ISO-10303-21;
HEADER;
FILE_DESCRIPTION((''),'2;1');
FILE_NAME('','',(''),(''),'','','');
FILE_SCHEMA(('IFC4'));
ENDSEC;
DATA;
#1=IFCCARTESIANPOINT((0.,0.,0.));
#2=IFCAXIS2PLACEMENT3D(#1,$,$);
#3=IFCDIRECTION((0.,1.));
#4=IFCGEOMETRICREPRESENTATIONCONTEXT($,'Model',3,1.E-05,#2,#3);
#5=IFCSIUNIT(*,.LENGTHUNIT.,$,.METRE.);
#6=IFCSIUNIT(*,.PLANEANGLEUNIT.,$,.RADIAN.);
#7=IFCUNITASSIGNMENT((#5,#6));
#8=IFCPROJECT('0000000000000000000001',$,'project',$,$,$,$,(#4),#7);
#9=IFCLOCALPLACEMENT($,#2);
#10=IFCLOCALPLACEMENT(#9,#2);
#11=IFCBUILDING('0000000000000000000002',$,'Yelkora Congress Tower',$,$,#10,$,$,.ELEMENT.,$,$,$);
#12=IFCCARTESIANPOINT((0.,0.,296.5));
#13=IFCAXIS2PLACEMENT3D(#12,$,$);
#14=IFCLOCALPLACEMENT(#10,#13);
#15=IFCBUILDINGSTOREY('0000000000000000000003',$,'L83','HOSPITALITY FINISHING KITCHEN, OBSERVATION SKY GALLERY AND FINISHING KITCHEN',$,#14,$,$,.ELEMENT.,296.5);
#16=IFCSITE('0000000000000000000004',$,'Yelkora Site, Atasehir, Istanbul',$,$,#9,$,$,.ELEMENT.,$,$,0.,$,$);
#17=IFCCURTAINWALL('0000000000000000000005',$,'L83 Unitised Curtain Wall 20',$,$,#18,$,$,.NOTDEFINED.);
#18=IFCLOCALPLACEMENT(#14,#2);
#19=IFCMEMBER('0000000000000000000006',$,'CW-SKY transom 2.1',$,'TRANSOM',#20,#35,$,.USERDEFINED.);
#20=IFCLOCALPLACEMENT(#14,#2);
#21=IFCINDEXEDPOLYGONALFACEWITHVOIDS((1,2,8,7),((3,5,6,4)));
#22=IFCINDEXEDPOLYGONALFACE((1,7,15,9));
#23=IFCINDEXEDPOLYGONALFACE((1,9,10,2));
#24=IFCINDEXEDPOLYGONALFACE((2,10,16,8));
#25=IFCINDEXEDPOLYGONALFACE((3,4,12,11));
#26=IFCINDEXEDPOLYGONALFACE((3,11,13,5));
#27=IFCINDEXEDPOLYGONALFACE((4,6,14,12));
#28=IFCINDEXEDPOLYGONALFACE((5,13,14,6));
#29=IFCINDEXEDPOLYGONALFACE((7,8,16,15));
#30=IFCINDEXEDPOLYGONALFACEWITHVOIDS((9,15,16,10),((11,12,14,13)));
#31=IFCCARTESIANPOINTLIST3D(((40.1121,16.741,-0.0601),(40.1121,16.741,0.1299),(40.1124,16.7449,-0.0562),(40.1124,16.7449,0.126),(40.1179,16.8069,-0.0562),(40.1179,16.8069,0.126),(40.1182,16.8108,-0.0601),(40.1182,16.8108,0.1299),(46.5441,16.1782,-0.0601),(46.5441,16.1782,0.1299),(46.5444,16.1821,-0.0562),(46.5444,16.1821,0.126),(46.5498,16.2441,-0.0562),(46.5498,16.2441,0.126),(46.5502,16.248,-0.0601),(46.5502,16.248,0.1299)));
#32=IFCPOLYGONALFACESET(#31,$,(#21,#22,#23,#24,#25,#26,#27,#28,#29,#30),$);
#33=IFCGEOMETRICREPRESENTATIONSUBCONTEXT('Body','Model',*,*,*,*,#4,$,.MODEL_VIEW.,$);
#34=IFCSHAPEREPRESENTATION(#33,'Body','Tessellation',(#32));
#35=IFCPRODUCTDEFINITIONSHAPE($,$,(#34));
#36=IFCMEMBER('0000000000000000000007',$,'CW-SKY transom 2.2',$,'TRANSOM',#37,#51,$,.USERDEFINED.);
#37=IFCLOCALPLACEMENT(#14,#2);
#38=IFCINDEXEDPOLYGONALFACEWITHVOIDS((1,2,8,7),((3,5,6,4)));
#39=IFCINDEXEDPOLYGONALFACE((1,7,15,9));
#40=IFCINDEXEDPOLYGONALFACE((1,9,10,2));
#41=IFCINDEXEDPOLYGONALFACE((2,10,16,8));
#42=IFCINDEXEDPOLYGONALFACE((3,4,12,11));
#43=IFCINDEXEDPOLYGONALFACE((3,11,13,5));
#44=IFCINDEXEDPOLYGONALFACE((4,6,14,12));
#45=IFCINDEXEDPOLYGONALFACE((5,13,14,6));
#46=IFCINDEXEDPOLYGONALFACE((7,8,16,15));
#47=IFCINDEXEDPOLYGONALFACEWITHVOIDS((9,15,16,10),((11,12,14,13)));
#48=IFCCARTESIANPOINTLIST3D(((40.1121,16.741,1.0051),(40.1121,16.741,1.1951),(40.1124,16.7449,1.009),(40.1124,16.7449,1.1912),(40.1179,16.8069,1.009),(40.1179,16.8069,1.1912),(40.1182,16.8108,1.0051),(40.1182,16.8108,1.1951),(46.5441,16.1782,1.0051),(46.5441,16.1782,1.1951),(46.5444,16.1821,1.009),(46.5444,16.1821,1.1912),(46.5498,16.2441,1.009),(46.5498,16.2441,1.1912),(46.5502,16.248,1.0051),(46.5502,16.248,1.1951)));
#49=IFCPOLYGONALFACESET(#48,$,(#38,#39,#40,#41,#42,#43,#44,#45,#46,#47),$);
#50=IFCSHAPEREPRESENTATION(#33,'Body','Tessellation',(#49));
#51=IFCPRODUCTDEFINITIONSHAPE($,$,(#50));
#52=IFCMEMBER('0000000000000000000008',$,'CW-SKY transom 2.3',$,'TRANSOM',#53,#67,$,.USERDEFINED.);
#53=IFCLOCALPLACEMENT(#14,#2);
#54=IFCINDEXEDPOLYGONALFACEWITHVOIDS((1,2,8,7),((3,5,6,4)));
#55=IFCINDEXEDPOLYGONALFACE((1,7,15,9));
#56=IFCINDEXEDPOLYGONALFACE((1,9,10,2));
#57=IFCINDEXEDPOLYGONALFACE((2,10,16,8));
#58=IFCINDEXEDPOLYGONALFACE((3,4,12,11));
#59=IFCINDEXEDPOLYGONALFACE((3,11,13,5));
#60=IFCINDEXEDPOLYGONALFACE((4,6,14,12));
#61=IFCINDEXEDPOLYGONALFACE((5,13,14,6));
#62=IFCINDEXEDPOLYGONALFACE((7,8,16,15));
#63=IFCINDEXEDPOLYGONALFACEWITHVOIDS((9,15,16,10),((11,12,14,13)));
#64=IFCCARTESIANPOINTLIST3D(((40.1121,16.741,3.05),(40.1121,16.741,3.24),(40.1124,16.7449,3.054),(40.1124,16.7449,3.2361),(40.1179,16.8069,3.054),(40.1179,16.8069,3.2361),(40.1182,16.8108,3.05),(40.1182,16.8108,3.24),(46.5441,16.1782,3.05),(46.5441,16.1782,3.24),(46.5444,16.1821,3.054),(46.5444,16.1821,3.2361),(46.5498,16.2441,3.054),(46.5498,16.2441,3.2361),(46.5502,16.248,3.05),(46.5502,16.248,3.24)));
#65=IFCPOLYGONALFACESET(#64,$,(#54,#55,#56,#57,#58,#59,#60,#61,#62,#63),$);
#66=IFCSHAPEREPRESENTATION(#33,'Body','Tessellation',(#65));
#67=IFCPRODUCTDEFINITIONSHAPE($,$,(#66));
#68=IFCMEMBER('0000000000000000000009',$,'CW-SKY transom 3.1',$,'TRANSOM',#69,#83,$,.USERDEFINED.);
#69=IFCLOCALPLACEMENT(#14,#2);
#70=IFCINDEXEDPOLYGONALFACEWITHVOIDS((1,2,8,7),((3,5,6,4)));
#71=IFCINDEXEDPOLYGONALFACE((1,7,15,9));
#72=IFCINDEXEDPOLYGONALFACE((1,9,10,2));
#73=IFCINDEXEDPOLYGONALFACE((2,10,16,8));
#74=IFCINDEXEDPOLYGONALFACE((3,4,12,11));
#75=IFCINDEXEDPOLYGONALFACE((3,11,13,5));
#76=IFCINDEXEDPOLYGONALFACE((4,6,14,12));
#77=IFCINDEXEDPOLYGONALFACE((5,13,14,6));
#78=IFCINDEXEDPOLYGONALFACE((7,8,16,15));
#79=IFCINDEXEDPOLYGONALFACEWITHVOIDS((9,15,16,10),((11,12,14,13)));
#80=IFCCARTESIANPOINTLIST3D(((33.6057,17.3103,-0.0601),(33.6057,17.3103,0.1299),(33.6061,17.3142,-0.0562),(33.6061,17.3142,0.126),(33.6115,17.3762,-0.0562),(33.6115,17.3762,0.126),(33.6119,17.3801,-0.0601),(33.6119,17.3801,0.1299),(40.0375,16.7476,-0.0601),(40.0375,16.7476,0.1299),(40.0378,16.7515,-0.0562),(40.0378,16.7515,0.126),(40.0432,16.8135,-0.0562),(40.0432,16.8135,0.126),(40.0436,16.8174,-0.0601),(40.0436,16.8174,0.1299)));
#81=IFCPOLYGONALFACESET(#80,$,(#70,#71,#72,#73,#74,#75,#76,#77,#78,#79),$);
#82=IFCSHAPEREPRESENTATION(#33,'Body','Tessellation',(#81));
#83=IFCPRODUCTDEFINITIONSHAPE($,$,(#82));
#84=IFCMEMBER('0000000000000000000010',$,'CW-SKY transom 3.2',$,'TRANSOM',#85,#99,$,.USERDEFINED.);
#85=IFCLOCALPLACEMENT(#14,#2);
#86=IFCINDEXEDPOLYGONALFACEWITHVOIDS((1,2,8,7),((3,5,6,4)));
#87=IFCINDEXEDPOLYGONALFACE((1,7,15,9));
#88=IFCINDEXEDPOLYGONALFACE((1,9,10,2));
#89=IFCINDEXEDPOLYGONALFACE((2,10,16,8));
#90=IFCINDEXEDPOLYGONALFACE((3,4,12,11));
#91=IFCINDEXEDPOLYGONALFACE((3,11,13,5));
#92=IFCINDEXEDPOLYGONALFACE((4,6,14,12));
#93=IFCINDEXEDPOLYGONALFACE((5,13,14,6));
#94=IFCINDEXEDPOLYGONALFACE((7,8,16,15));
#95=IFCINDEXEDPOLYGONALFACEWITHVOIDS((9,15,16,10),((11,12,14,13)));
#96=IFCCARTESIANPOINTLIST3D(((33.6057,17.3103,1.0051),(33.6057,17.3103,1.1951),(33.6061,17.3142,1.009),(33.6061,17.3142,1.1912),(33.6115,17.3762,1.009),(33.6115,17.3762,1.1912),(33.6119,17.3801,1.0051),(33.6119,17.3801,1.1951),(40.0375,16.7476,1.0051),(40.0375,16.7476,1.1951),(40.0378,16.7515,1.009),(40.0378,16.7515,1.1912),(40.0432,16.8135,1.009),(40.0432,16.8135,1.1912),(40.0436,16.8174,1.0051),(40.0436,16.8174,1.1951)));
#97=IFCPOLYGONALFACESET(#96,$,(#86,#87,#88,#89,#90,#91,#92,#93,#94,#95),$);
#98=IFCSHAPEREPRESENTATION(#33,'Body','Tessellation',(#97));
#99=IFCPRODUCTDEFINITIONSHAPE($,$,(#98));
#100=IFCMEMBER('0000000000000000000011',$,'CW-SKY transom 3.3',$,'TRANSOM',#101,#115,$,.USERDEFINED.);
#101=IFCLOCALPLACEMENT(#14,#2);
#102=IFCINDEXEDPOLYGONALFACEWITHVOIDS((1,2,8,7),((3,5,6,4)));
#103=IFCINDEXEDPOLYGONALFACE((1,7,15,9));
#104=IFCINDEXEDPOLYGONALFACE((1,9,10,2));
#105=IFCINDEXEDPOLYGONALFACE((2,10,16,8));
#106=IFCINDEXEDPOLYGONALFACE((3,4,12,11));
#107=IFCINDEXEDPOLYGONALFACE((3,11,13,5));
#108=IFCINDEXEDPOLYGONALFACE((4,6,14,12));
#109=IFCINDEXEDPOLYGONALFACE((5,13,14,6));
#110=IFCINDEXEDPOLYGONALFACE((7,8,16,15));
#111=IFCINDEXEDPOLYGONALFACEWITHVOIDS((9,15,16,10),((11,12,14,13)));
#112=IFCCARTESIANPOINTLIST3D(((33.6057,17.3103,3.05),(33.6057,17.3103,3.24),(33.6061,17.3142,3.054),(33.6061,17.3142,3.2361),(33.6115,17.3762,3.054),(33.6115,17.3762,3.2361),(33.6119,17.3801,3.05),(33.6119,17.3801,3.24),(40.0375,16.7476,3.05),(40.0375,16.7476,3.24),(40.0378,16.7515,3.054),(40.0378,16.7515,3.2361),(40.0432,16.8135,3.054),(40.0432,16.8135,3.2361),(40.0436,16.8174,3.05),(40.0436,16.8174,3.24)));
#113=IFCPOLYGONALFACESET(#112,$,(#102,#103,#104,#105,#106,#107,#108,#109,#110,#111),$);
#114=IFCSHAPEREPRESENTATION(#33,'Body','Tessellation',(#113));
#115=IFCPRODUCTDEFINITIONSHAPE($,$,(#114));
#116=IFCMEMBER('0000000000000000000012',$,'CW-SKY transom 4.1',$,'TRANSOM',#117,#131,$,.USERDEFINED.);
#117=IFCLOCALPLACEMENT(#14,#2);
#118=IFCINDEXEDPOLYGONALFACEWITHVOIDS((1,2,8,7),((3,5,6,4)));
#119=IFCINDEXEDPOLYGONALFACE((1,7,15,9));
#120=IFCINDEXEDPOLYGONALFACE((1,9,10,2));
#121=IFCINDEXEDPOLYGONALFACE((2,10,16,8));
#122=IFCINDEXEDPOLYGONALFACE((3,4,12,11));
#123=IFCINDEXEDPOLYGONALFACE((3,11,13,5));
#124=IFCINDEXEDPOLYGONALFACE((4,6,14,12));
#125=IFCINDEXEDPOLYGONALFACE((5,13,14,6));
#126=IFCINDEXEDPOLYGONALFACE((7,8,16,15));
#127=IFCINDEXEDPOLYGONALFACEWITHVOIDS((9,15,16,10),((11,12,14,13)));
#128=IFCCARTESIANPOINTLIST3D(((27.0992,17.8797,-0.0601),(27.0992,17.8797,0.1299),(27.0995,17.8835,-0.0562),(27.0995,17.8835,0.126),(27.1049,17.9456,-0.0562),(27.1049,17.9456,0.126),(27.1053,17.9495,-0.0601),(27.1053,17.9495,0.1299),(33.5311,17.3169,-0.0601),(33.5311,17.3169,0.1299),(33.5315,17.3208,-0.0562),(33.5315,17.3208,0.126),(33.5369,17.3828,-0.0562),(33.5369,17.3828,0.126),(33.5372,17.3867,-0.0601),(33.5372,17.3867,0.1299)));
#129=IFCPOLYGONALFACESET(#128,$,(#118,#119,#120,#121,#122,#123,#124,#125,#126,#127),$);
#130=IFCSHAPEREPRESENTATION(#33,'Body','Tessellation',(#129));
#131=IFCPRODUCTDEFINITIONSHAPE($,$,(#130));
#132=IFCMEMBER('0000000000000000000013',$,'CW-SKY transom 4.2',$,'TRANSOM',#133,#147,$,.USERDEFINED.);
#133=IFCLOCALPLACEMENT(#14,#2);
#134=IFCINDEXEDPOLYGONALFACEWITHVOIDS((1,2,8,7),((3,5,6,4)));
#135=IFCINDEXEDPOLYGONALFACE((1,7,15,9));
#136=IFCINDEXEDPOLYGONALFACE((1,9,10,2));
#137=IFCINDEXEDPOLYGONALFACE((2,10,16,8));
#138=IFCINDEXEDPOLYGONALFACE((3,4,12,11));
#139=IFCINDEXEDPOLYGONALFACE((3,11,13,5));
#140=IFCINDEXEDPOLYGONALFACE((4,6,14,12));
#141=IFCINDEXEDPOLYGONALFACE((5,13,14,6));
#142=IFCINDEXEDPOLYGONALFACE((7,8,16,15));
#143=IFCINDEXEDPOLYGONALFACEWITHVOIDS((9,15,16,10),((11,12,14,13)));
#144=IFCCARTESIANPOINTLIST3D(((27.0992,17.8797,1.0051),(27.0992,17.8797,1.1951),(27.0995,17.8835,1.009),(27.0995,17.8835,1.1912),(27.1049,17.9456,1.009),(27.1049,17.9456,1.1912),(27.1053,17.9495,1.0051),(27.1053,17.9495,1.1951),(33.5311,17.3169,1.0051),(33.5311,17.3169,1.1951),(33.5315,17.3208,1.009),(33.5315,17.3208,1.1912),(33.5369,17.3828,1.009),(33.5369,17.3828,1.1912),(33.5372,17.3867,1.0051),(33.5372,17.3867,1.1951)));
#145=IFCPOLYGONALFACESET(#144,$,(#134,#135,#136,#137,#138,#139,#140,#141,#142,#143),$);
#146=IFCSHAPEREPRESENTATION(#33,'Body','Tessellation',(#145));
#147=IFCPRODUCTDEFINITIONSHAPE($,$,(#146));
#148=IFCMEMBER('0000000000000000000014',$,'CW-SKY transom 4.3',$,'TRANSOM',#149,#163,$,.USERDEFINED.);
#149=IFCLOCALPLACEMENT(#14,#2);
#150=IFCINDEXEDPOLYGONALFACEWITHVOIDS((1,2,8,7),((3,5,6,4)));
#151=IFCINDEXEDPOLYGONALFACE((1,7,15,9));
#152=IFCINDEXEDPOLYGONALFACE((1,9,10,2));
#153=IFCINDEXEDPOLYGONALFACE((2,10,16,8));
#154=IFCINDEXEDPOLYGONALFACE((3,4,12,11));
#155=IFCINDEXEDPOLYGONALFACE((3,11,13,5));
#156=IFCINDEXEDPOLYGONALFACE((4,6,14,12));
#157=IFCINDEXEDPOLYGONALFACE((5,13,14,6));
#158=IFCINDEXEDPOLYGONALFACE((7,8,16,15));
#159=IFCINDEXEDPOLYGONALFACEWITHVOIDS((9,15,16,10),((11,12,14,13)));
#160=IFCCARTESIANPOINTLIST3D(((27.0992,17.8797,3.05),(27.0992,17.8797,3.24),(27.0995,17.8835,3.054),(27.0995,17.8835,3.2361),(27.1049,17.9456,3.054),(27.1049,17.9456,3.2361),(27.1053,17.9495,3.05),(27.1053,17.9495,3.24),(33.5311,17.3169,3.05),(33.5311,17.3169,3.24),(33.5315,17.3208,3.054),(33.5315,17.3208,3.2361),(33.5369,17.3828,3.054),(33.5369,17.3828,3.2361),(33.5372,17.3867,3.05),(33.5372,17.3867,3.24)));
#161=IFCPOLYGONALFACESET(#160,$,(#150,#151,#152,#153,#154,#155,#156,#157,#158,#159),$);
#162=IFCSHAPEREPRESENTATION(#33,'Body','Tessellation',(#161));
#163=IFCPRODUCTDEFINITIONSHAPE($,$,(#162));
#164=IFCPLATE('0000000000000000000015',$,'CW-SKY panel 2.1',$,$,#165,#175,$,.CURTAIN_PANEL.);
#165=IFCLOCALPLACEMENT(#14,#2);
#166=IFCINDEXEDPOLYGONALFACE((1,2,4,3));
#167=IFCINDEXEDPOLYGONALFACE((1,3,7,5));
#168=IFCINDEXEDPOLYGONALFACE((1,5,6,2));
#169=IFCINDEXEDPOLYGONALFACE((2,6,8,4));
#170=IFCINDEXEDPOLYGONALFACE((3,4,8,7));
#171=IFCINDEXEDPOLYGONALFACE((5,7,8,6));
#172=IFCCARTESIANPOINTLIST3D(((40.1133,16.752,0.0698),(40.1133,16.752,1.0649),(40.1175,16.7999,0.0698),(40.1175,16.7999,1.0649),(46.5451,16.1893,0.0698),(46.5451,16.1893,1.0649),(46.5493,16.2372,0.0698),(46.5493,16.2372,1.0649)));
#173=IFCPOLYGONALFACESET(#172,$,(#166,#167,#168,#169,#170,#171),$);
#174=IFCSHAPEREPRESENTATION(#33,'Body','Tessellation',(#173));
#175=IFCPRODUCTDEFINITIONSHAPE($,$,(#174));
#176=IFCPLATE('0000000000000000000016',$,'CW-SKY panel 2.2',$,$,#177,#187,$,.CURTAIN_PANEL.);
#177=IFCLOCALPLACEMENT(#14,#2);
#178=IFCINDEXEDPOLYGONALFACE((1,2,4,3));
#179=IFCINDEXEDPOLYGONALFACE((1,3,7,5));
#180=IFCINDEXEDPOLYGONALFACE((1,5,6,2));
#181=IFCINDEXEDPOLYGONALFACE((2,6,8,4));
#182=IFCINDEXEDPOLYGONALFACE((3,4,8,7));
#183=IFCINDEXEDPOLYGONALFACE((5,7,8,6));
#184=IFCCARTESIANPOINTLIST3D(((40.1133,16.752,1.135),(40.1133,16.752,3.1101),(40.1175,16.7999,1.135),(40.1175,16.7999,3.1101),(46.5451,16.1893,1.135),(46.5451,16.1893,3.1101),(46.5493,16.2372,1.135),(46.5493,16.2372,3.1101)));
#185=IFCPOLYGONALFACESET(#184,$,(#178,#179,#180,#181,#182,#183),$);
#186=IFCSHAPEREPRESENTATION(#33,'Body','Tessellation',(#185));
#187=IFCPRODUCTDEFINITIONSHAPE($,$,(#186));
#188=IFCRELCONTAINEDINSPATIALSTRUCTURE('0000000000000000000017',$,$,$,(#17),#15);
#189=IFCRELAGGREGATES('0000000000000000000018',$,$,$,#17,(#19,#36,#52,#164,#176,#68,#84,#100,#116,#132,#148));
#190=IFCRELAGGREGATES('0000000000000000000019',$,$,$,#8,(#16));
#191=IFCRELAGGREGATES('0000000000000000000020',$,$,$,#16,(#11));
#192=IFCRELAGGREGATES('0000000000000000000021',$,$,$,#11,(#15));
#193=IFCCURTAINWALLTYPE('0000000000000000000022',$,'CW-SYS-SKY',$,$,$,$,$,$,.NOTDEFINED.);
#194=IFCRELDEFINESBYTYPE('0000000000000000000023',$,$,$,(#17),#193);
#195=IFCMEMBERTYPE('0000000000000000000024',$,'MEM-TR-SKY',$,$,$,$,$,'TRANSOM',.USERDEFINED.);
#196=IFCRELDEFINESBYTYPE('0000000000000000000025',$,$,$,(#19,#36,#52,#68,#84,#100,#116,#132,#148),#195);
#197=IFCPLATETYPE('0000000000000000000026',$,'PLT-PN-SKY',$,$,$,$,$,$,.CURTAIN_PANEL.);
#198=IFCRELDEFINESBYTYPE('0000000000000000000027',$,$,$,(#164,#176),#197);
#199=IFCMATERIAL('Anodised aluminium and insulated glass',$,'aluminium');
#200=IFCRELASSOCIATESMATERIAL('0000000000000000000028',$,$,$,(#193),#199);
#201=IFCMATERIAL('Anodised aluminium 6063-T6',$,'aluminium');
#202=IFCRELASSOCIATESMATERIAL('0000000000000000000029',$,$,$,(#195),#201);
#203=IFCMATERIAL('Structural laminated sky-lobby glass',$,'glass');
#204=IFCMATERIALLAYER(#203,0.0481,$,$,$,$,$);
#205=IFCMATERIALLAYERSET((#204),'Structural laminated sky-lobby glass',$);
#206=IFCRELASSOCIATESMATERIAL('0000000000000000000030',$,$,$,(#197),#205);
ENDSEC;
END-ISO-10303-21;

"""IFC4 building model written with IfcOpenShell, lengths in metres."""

from ifc_helpers import new_model, si_unit, direction, frame, origin, origin_2d, place, context, subcontext, project, spatial, rectangle, hollow_rectangle, extrude, material, layer, layer_set, material_profile, profile_set, type_object, element, aggregate, save


model = new_model("IFC4")

# Units and contexts
model_context = context("Model", 3, precision=1e-05, world=origin(), true_north=direction((0.0, 1.0)))
body_context = subcontext(model_context, "Body", "Model", "MODEL_VIEW")
ifc_project = project(units=[si_unit("LENGTHUNIT", "METRE"), si_unit("PLANEANGLEUNIT", "RADIAN")], contexts=[model_context])

# Site, building, storey
site_placement = place(None, origin())
site = spatial("IfcSite", under=ifc_project, at=site_placement, Name="Yelkora Site, Atasehir, Istanbul", CompositionType="ELEMENT", RefElevation=0.0)
building_placement = place(site_placement, origin())
building = spatial("IfcBuilding", under=site, at=building_placement, Name="Yelkora Congress Tower", CompositionType="ELEMENT")
storey_placement = place(building_placement, frame((0.0, 0.0, 296.5)))
storey = spatial("IfcBuildingStorey", under=building, at=storey_placement, Name="L83", Description="HOSPITALITY FINISHING KITCHEN, OBSERVATION SKY GALLERY AND FINISHING KITCHEN", CompositionType="ELEMENT", Elevation=296.5)

# Curtain wall, members, plates
ifc_material_1 = material(Name="Anodised aluminium and insulated glass", Category="aluminium")
curtain_wall_type = type_object("IfcCurtainWallType", Name="CW-SYS-SKY", PredefinedType="NOTDEFINED", material=ifc_material_1)
curtain_wall_placement = place(storey_placement, origin())
curtain_wall = element("IfcCurtainWall", 1, at=curtain_wall_placement, inside=storey, type_object=curtain_wall_type, Name="L83 Unitised Curtain Wall 20", PredefinedType="NOTDEFINED")
ifc_material_2 = material(Name="Anodised aluminium 6063-T6", Category="aluminium")
ifc_material_profile_1 = material_profile(ifc_material_2, hollow_rectangle(XDim=0.0701, YDim=0.1899, WallThickness=0.0039, at=origin_2d()), Name="ALU 70x190x4")
ifc_profile_set_1 = profile_set([ifc_material_profile_1], Name="Anodised aluminium 6063-T6")
member_type_1 = type_object("IfcMemberType", Name="MEM-TR-SKY", ElementType="TRANSOM", PredefinedType="USERDEFINED", material=ifc_profile_set_1)
member_1_placement = place(storey_placement, frame((46.5471, 16.2131, 0.0349), z_axis=(-0.996194, 0.08716, 0.0), x_axis=(-0.08716, -0.996194, 0.0)))
member_1 = element("IfcMember", 2, at=member_1_placement, type_object=member_type_1, Name="CW-SKY transom 2.1", ObjectType="TRANSOM", PredefinedType="USERDEFINED", context=body_context, shape_type="SweptSolid", body=[
    extrude(hollow_rectangle(XDim=0.0701, YDim=0.1899, WallThickness=0.0039, at=origin_2d()), origin(), (0.0, 0.0, 1.0), 6.4565),
])
member_2_placement = place(storey_placement, frame((46.5471, 16.2131, 1.1001), z_axis=(-0.996194, 0.08716, 0.0), x_axis=(-0.08716, -0.996194, 0.0)))
member_2 = element("IfcMember", 3, at=member_2_placement, type_object=member_type_1, Name="CW-SKY transom 2.2", ObjectType="TRANSOM", PredefinedType="USERDEFINED", context=body_context, shape_type="SweptSolid", body=[
    extrude(hollow_rectangle(XDim=0.0701, YDim=0.1899, WallThickness=0.0039, at=origin_2d()), origin(), (0.0, 0.0, 1.0), 6.4565),
])
member_3_placement = place(storey_placement, frame((46.5471, 16.2131, 3.145), z_axis=(-0.996194, 0.08716, 0.0), x_axis=(-0.08716, -0.996194, 0.0)))
member_3 = element("IfcMember", 4, at=member_3_placement, type_object=member_type_1, Name="CW-SKY transom 2.3", ObjectType="TRANSOM", PredefinedType="USERDEFINED", context=body_context, shape_type="SweptSolid", body=[
    extrude(hollow_rectangle(XDim=0.0701, YDim=0.1899, WallThickness=0.0039, at=origin_2d()), origin(), (0.0, 0.0, 1.0), 6.4565),
])
member_4_placement = place(storey_placement, frame((40.0405, 16.7825, 0.0349), z_axis=(-0.996194, 0.087163, 0.0), x_axis=(-0.087163, -0.996194, 0.0)))
member_4 = element("IfcMember", 5, at=member_4_placement, type_object=member_type_1, Name="CW-SKY transom 3.1", ObjectType="TRANSOM", PredefinedType="USERDEFINED", context=body_context, shape_type="SweptSolid", body=[
    extrude(hollow_rectangle(XDim=0.0701, YDim=0.1899, WallThickness=0.0039, at=origin_2d()), origin(), (0.0, 0.0, 1.0), 6.4563),
])
member_5_placement = place(storey_placement, frame((40.0405, 16.7825, 1.1001), z_axis=(-0.996194, 0.087163, 0.0), x_axis=(-0.087163, -0.996194, 0.0)))
member_5 = element("IfcMember", 6, at=member_5_placement, type_object=member_type_1, Name="CW-SKY transom 3.2", ObjectType="TRANSOM", PredefinedType="USERDEFINED", context=body_context, shape_type="SweptSolid", body=[
    extrude(hollow_rectangle(XDim=0.0701, YDim=0.1899, WallThickness=0.0039, at=origin_2d()), origin(), (0.0, 0.0, 1.0), 6.4563),
])
member_6_placement = place(storey_placement, frame((40.0405, 16.7825, 3.145), z_axis=(-0.996194, 0.087163, 0.0), x_axis=(-0.087163, -0.996194, 0.0)))
member_6 = element("IfcMember", 7, at=member_6_placement, type_object=member_type_1, Name="CW-SKY transom 3.3", ObjectType="TRANSOM", PredefinedType="USERDEFINED", context=body_context, shape_type="SweptSolid", body=[
    extrude(hollow_rectangle(XDim=0.0701, YDim=0.1899, WallThickness=0.0039, at=origin_2d()), origin(), (0.0, 0.0, 1.0), 6.4563),
])
member_7_placement = place(storey_placement, frame((33.5342, 17.3518, 0.0349), z_axis=(-0.996194, 0.08716, 0.0), x_axis=(-0.08716, -0.996194, 0.0)))
member_7 = element("IfcMember", 8, at=member_7_placement, type_object=member_type_1, Name="CW-SKY transom 4.1", ObjectType="TRANSOM", PredefinedType="USERDEFINED", context=body_context, shape_type="SweptSolid", body=[
    extrude(hollow_rectangle(XDim=0.0701, YDim=0.1899, WallThickness=0.0039, at=origin_2d()), origin(), (0.0, 0.0, 1.0), 6.4565),
])
member_8_placement = place(storey_placement, frame((33.5342, 17.3518, 1.1001), z_axis=(-0.996194, 0.08716, 0.0), x_axis=(-0.08716, -0.996194, 0.0)))
member_8 = element("IfcMember", 9, at=member_8_placement, type_object=member_type_1, Name="CW-SKY transom 4.2", ObjectType="TRANSOM", PredefinedType="USERDEFINED", context=body_context, shape_type="SweptSolid", body=[
    extrude(hollow_rectangle(XDim=0.0701, YDim=0.1899, WallThickness=0.0039, at=origin_2d()), origin(), (0.0, 0.0, 1.0), 6.4565),
])
member_9_placement = place(storey_placement, frame((33.5342, 17.3518, 3.145), z_axis=(-0.996194, 0.08716, 0.0), x_axis=(-0.08716, -0.996194, 0.0)))
member_9 = element("IfcMember", 10, at=member_9_placement, type_object=member_type_1, Name="CW-SKY transom 4.3", ObjectType="TRANSOM", PredefinedType="USERDEFINED", context=body_context, shape_type="SweptSolid", body=[
    extrude(hollow_rectangle(XDim=0.0701, YDim=0.1899, WallThickness=0.0039, at=origin_2d()), origin(), (0.0, 0.0, 1.0), 6.4565),
])
ifc_material_3 = material(Name="Structural laminated sky-lobby glass", Category="glass")
ifc_layer_1 = layer(ifc_material_3, 0.0481)
ifc_layer_set_1 = layer_set([ifc_layer_1], Name="Structural laminated sky-lobby glass")
plate_type = type_object("IfcPlateType", Name="PLT-PN-SKY", PredefinedType="CURTAIN_PANEL", material=ifc_layer_set_1)
plate_1_placement = place(storey_placement, frame((43.3313, 16.4946, 0.0698), z_axis=(0.0, 0.0, 1.0), x_axis=(-0.996195, 0.087157, 0.0)))
plate_1 = element("IfcPlate", 11, at=plate_1_placement, type_object=plate_type, Name="CW-SKY panel 2.1", PredefinedType="CURTAIN_PANEL", context=body_context, shape_type="SweptSolid", body=[
    extrude(rectangle(XDim=6.4563, YDim=0.0481, at=origin_2d()), origin(), (0.0, 0.0, 1.0), 0.9951),
])
plate_2_placement = place(storey_placement, frame((43.3313, 16.4946, 1.135), z_axis=(0.0, 0.0, 1.0), x_axis=(-0.996195, 0.087157, 0.0)))
plate_2 = element("IfcPlate", 12, at=plate_2_placement, type_object=plate_type, Name="CW-SKY panel 2.2", PredefinedType="CURTAIN_PANEL", context=body_context, shape_type="SweptSolid", body=[
    extrude(rectangle(XDim=6.4563, YDim=0.0481, at=origin_2d()), origin(), (0.0, 0.0, 1.0), 1.9751),
])
aggregate(curtain_wall, [member_1, member_2, member_3, plate_1, plate_2, member_4, member_5, member_6, member_7, member_8, member_9])

save(model, "model.ifc")
